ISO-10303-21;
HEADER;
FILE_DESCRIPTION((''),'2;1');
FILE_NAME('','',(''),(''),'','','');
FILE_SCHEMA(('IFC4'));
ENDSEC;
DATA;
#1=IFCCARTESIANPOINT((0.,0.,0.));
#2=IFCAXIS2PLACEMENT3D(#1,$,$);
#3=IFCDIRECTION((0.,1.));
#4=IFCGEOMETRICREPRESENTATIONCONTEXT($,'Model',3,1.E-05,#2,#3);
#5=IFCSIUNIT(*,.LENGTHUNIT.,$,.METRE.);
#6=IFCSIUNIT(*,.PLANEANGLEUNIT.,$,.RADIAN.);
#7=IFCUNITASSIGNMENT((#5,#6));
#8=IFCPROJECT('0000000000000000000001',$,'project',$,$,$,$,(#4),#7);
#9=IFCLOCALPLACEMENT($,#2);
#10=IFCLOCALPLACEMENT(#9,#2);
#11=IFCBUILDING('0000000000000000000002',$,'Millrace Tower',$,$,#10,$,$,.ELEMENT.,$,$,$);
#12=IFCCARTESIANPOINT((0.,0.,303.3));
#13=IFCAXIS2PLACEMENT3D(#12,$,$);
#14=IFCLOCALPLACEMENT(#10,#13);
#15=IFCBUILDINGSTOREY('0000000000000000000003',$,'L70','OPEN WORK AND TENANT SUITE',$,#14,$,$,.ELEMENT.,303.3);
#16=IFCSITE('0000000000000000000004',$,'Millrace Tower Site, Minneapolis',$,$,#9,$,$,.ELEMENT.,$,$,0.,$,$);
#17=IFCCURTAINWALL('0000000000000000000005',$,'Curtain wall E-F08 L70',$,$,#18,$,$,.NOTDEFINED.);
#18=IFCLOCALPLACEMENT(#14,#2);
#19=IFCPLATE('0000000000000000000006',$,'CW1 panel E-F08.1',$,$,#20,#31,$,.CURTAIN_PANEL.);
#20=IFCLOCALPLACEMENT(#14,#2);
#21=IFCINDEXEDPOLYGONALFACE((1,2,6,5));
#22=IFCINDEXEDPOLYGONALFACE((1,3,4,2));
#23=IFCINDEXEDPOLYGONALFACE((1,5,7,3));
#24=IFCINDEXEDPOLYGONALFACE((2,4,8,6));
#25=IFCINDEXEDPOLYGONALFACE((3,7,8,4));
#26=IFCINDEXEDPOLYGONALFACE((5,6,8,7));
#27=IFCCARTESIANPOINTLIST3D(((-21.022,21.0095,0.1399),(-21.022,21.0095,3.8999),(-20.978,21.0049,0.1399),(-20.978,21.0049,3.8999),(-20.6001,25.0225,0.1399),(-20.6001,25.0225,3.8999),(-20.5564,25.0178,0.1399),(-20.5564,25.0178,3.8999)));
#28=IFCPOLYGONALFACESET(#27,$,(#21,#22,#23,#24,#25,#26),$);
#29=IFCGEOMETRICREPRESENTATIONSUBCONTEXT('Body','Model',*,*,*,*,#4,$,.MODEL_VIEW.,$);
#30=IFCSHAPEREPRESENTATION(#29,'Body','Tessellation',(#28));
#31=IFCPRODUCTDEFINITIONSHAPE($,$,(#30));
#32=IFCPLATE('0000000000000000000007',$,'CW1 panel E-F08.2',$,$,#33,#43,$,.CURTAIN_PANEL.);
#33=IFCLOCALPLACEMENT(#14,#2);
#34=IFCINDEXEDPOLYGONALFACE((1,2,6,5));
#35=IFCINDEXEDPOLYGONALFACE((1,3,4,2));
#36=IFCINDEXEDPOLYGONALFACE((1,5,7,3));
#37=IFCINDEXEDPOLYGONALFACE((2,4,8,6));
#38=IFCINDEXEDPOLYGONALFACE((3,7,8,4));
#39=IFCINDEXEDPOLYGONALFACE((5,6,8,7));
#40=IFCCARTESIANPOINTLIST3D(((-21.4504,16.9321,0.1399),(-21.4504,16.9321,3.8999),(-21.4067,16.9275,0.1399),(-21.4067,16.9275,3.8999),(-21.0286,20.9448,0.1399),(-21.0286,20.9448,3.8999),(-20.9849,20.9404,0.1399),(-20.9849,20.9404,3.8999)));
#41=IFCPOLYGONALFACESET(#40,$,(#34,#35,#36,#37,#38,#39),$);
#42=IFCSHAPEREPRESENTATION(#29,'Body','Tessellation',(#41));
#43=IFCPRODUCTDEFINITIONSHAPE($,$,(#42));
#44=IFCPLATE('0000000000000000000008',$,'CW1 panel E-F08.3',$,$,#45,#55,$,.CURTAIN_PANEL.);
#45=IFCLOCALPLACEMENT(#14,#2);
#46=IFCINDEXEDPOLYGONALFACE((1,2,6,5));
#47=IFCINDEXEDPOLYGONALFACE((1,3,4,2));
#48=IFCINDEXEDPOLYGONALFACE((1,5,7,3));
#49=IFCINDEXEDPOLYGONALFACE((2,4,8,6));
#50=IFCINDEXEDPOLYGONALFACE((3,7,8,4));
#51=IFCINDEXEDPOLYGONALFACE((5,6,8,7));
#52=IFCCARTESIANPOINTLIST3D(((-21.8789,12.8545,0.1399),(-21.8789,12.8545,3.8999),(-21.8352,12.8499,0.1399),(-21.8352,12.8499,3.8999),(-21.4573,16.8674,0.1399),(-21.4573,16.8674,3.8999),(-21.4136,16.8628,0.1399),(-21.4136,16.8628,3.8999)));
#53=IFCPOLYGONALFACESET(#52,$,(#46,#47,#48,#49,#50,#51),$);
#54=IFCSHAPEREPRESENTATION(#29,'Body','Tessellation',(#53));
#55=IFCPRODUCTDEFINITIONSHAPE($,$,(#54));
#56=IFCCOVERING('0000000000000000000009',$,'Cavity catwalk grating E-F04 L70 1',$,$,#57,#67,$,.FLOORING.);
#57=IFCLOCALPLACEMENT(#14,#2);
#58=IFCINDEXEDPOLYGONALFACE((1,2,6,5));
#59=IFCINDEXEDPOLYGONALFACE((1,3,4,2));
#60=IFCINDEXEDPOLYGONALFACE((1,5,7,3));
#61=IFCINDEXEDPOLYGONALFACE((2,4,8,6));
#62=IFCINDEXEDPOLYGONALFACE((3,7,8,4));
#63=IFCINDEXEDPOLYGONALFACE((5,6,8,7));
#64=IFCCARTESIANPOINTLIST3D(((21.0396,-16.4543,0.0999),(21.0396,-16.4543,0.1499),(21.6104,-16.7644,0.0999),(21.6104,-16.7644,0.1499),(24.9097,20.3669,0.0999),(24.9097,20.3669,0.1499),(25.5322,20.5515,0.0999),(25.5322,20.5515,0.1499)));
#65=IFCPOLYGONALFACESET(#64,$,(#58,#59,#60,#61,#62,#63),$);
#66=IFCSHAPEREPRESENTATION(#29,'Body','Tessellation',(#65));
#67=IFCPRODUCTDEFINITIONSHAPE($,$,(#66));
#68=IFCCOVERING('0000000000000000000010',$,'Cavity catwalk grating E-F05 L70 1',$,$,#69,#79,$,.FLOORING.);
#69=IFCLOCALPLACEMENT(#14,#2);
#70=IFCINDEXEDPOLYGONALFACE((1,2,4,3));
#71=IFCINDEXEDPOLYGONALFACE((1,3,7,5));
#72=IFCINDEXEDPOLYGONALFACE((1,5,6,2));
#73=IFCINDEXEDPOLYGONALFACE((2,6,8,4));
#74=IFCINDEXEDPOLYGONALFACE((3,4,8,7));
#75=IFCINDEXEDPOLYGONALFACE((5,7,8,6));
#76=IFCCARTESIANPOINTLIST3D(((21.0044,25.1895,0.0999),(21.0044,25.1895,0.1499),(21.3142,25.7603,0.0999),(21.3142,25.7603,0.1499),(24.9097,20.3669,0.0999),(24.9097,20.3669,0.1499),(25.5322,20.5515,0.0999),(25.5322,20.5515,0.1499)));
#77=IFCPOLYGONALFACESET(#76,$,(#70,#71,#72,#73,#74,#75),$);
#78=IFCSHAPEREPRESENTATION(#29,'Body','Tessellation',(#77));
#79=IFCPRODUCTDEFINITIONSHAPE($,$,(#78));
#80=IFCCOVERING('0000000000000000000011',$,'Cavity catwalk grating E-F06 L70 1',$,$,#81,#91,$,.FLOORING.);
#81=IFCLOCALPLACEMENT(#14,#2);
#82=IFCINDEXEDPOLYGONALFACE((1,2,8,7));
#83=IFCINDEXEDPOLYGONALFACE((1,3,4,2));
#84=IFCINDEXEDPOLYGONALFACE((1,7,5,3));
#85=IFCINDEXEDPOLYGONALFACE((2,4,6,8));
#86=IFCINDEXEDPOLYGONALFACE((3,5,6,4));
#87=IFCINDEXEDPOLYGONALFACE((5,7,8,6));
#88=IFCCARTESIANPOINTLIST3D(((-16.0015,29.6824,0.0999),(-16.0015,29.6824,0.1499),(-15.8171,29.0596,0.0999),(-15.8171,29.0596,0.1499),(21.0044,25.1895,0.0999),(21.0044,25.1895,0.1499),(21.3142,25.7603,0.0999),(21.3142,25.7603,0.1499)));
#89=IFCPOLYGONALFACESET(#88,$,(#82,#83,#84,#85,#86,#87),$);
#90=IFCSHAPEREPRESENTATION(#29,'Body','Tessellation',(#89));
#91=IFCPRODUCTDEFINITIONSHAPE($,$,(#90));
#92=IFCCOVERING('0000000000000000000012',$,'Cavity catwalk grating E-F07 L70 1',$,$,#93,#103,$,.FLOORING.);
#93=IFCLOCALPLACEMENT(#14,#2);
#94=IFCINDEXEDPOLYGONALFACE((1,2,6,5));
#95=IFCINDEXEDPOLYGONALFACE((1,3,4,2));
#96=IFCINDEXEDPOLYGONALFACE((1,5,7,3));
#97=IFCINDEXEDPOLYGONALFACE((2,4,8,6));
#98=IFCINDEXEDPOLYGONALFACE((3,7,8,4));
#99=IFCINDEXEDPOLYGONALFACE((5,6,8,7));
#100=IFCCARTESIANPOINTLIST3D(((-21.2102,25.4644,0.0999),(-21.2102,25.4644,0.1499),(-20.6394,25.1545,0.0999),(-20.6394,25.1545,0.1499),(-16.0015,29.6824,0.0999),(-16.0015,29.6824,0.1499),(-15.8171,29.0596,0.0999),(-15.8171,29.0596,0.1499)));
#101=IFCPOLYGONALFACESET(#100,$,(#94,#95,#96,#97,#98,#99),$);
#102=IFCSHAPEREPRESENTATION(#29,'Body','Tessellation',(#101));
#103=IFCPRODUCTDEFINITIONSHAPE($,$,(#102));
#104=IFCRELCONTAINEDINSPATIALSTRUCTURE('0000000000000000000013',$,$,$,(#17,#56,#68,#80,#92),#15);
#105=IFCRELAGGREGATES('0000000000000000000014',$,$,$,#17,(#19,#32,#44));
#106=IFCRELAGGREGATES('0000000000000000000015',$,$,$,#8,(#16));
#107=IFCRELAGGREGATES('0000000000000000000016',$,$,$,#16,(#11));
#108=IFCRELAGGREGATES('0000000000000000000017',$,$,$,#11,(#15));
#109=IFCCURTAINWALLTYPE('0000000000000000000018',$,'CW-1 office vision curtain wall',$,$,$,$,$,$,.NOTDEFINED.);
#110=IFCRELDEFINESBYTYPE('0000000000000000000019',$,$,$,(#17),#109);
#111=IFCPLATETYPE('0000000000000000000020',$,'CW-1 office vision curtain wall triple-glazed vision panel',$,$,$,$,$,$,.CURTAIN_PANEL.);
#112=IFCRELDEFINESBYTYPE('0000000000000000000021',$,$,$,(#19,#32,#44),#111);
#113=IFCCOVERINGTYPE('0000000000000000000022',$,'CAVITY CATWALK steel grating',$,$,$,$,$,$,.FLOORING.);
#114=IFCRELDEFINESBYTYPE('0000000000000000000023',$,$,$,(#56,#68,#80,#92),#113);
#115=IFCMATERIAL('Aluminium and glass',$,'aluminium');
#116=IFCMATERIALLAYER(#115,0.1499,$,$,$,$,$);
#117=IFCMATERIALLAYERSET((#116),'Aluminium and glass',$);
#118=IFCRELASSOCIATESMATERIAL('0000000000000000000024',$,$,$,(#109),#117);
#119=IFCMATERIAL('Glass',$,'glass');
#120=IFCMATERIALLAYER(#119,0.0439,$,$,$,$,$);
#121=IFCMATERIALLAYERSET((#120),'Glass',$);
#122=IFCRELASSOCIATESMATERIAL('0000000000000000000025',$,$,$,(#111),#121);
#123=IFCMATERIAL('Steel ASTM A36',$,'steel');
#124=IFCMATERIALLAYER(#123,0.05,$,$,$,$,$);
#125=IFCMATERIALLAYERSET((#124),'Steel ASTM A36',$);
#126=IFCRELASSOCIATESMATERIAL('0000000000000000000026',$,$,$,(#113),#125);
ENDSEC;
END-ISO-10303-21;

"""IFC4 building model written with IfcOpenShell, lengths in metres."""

from ifc_helpers import new_model, si_unit, direction, frame, origin, place, context, subcontext, project, spatial, polyline, outline, extrude, material, layer, layer_set, type_object, element, aggregate, save


model = new_model("IFC4")

# Units and contexts
model_context = context("Model", 3, precision=1e-05, world=origin(), true_north=direction((0.0, 1.0)))
body_context = subcontext(model_context, "Body", "Model", "MODEL_VIEW")
ifc_project = project(units=[si_unit("LENGTHUNIT", "METRE"), si_unit("PLANEANGLEUNIT", "RADIAN")], contexts=[model_context])

# Site, building, storey
site_placement = place(None, origin())
site = spatial("IfcSite", under=ifc_project, at=site_placement, Name="Millrace Tower Site, Minneapolis", CompositionType="ELEMENT", RefElevation=0.0)
building_placement = place(site_placement, origin())
building = spatial("IfcBuilding", under=site, at=building_placement, Name="Millrace Tower", CompositionType="ELEMENT")
storey_placement = place(building_placement, frame((0.0, 0.0, 303.3)))
storey = spatial("IfcBuildingStorey", under=building, at=storey_placement, Name="L70", Description="OPEN WORK AND TENANT SUITE", CompositionType="ELEMENT", Elevation=303.3)

# Shared definitions
ifc_material_1 = material(Name="Aluminium and glass", Category="aluminium")
ifc_layer_1 = layer(ifc_material_1, 0.1499)
ifc_layer_set_1 = layer_set([ifc_layer_1], Name="Aluminium and glass")
curtain_wall_type = type_object("IfcCurtainWallType", Name="CW-1 office vision curtain wall", PredefinedType="NOTDEFINED", material=ifc_layer_set_1)
placement_1 = place(storey_placement, origin())
ifc_material_2 = material(Name="Glass", Category="glass")
ifc_layer_2 = layer(ifc_material_2, 0.0439)
ifc_layer_set_2 = layer_set([ifc_layer_2], Name="Glass")
plate_type = type_object("IfcPlateType", Name="CW-1 office vision curtain wall triple-glazed vision panel", PredefinedType="CURTAIN_PANEL", material=ifc_layer_set_2)
placement_2 = place(storey_placement, frame((0.0, 0.0, 0.1399)))

# Curtain wall, plates
curtain_wall_1 = element("IfcCurtainWall", 1, at=placement_1, inside=storey, type_object=curtain_wall_type, Name="Curtain wall E-F08 L70", PredefinedType="NOTDEFINED")
plate_1 = element("IfcPlate", 2, at=placement_2, type_object=plate_type, Name="CW1 panel E-F08.1", PredefinedType="CURTAIN_PANEL", context=body_context, shape_type="SweptSolid", body=[
    extrude(outline(polyline([(-20.6001, 25.0225), (-21.022, 21.0095), (-20.978, 21.0049), (-20.5564, 25.0178), (-20.6001, 25.0225)])), origin(), (0.0, 0.0, 1.0), 3.76),
])
plate_2 = element("IfcPlate", 3, at=placement_2, type_object=plate_type, Name="CW1 panel E-F08.2", PredefinedType="CURTAIN_PANEL", context=body_context, shape_type="SweptSolid", body=[
    extrude(outline(polyline([(-21.0286, 20.9448), (-21.4504, 16.9321), (-21.4067, 16.9275), (-20.9849, 20.9404), (-21.0286, 20.9448)])), origin(), (0.0, 0.0, 1.0), 3.76),
])
plate_3 = element("IfcPlate", 4, at=placement_2, type_object=plate_type, Name="CW1 panel E-F08.3", PredefinedType="CURTAIN_PANEL", context=body_context, shape_type="SweptSolid", body=[
    extrude(outline(polyline([(-21.4573, 16.8674), (-21.8789, 12.8545), (-21.8352, 12.8499), (-21.4136, 16.8628), (-21.4573, 16.8674)])), origin(), (0.0, 0.0, 1.0), 3.76),
])
aggregate(curtain_wall_1, [plate_1, plate_2, plate_3])

# Coverings
ifc_material_3 = material(Name="Steel ASTM A36", Category="steel")
ifc_layer_3 = layer(ifc_material_3, 0.05)
ifc_layer_set_3 = layer_set([ifc_layer_3], Name="Steel ASTM A36")
covering_type = type_object("IfcCoveringType", Name="CAVITY CATWALK steel grating", PredefinedType="FLOORING", material=ifc_layer_set_3)
placement_3 = place(storey_placement, frame((0.0, 0.0, 0.0999)))
element("IfcCovering", 5, at=placement_3, inside=storey, type_object=covering_type, Name="Cavity catwalk grating E-F04 L70 1", PredefinedType="FLOORING", context=body_context, shape_type="SweptSolid", body=[
    extrude(outline(polyline([(21.6104, -16.7644), (25.5322, 20.5515), (24.9097, 20.3669), (21.0396, -16.4543), (21.6104, -16.7644)])), origin(), (0.0, 0.0, 1.0), 0.05),
])
element("IfcCovering", 6, at=placement_3, inside=storey, type_object=covering_type, Name="Cavity catwalk grating E-F05 L70 1", PredefinedType="FLOORING", context=body_context, shape_type="SweptSolid", body=[
    extrude(outline(polyline([(25.5322, 20.5515), (21.3142, 25.7603), (21.0044, 25.1895), (24.9097, 20.3669), (25.5322, 20.5515)])), origin(), (0.0, 0.0, 1.0), 0.05),
])
element("IfcCovering", 7, at=placement_3, inside=storey, type_object=covering_type, Name="Cavity catwalk grating E-F06 L70 1", PredefinedType="FLOORING", context=body_context, shape_type="SweptSolid", body=[
    extrude(outline(polyline([(21.3142, 25.7603), (-16.0015, 29.6824), (-15.8171, 29.0596), (21.0044, 25.1895), (21.3142, 25.7603)])), origin(), (0.0, 0.0, 1.0), 0.05),
])
element("IfcCovering", 8, at=placement_3, inside=storey, type_object=covering_type, Name="Cavity catwalk grating E-F07 L70 1", PredefinedType="FLOORING", context=body_context, shape_type="SweptSolid", body=[
    extrude(outline(polyline([(-16.0015, 29.6824), (-21.2102, 25.4644), (-20.6394, 25.1545), (-15.8171, 29.0596), (-16.0015, 29.6824)])), origin(), (0.0, 0.0, 1.0), 0.05),
])

save(model, "model.ifc")
